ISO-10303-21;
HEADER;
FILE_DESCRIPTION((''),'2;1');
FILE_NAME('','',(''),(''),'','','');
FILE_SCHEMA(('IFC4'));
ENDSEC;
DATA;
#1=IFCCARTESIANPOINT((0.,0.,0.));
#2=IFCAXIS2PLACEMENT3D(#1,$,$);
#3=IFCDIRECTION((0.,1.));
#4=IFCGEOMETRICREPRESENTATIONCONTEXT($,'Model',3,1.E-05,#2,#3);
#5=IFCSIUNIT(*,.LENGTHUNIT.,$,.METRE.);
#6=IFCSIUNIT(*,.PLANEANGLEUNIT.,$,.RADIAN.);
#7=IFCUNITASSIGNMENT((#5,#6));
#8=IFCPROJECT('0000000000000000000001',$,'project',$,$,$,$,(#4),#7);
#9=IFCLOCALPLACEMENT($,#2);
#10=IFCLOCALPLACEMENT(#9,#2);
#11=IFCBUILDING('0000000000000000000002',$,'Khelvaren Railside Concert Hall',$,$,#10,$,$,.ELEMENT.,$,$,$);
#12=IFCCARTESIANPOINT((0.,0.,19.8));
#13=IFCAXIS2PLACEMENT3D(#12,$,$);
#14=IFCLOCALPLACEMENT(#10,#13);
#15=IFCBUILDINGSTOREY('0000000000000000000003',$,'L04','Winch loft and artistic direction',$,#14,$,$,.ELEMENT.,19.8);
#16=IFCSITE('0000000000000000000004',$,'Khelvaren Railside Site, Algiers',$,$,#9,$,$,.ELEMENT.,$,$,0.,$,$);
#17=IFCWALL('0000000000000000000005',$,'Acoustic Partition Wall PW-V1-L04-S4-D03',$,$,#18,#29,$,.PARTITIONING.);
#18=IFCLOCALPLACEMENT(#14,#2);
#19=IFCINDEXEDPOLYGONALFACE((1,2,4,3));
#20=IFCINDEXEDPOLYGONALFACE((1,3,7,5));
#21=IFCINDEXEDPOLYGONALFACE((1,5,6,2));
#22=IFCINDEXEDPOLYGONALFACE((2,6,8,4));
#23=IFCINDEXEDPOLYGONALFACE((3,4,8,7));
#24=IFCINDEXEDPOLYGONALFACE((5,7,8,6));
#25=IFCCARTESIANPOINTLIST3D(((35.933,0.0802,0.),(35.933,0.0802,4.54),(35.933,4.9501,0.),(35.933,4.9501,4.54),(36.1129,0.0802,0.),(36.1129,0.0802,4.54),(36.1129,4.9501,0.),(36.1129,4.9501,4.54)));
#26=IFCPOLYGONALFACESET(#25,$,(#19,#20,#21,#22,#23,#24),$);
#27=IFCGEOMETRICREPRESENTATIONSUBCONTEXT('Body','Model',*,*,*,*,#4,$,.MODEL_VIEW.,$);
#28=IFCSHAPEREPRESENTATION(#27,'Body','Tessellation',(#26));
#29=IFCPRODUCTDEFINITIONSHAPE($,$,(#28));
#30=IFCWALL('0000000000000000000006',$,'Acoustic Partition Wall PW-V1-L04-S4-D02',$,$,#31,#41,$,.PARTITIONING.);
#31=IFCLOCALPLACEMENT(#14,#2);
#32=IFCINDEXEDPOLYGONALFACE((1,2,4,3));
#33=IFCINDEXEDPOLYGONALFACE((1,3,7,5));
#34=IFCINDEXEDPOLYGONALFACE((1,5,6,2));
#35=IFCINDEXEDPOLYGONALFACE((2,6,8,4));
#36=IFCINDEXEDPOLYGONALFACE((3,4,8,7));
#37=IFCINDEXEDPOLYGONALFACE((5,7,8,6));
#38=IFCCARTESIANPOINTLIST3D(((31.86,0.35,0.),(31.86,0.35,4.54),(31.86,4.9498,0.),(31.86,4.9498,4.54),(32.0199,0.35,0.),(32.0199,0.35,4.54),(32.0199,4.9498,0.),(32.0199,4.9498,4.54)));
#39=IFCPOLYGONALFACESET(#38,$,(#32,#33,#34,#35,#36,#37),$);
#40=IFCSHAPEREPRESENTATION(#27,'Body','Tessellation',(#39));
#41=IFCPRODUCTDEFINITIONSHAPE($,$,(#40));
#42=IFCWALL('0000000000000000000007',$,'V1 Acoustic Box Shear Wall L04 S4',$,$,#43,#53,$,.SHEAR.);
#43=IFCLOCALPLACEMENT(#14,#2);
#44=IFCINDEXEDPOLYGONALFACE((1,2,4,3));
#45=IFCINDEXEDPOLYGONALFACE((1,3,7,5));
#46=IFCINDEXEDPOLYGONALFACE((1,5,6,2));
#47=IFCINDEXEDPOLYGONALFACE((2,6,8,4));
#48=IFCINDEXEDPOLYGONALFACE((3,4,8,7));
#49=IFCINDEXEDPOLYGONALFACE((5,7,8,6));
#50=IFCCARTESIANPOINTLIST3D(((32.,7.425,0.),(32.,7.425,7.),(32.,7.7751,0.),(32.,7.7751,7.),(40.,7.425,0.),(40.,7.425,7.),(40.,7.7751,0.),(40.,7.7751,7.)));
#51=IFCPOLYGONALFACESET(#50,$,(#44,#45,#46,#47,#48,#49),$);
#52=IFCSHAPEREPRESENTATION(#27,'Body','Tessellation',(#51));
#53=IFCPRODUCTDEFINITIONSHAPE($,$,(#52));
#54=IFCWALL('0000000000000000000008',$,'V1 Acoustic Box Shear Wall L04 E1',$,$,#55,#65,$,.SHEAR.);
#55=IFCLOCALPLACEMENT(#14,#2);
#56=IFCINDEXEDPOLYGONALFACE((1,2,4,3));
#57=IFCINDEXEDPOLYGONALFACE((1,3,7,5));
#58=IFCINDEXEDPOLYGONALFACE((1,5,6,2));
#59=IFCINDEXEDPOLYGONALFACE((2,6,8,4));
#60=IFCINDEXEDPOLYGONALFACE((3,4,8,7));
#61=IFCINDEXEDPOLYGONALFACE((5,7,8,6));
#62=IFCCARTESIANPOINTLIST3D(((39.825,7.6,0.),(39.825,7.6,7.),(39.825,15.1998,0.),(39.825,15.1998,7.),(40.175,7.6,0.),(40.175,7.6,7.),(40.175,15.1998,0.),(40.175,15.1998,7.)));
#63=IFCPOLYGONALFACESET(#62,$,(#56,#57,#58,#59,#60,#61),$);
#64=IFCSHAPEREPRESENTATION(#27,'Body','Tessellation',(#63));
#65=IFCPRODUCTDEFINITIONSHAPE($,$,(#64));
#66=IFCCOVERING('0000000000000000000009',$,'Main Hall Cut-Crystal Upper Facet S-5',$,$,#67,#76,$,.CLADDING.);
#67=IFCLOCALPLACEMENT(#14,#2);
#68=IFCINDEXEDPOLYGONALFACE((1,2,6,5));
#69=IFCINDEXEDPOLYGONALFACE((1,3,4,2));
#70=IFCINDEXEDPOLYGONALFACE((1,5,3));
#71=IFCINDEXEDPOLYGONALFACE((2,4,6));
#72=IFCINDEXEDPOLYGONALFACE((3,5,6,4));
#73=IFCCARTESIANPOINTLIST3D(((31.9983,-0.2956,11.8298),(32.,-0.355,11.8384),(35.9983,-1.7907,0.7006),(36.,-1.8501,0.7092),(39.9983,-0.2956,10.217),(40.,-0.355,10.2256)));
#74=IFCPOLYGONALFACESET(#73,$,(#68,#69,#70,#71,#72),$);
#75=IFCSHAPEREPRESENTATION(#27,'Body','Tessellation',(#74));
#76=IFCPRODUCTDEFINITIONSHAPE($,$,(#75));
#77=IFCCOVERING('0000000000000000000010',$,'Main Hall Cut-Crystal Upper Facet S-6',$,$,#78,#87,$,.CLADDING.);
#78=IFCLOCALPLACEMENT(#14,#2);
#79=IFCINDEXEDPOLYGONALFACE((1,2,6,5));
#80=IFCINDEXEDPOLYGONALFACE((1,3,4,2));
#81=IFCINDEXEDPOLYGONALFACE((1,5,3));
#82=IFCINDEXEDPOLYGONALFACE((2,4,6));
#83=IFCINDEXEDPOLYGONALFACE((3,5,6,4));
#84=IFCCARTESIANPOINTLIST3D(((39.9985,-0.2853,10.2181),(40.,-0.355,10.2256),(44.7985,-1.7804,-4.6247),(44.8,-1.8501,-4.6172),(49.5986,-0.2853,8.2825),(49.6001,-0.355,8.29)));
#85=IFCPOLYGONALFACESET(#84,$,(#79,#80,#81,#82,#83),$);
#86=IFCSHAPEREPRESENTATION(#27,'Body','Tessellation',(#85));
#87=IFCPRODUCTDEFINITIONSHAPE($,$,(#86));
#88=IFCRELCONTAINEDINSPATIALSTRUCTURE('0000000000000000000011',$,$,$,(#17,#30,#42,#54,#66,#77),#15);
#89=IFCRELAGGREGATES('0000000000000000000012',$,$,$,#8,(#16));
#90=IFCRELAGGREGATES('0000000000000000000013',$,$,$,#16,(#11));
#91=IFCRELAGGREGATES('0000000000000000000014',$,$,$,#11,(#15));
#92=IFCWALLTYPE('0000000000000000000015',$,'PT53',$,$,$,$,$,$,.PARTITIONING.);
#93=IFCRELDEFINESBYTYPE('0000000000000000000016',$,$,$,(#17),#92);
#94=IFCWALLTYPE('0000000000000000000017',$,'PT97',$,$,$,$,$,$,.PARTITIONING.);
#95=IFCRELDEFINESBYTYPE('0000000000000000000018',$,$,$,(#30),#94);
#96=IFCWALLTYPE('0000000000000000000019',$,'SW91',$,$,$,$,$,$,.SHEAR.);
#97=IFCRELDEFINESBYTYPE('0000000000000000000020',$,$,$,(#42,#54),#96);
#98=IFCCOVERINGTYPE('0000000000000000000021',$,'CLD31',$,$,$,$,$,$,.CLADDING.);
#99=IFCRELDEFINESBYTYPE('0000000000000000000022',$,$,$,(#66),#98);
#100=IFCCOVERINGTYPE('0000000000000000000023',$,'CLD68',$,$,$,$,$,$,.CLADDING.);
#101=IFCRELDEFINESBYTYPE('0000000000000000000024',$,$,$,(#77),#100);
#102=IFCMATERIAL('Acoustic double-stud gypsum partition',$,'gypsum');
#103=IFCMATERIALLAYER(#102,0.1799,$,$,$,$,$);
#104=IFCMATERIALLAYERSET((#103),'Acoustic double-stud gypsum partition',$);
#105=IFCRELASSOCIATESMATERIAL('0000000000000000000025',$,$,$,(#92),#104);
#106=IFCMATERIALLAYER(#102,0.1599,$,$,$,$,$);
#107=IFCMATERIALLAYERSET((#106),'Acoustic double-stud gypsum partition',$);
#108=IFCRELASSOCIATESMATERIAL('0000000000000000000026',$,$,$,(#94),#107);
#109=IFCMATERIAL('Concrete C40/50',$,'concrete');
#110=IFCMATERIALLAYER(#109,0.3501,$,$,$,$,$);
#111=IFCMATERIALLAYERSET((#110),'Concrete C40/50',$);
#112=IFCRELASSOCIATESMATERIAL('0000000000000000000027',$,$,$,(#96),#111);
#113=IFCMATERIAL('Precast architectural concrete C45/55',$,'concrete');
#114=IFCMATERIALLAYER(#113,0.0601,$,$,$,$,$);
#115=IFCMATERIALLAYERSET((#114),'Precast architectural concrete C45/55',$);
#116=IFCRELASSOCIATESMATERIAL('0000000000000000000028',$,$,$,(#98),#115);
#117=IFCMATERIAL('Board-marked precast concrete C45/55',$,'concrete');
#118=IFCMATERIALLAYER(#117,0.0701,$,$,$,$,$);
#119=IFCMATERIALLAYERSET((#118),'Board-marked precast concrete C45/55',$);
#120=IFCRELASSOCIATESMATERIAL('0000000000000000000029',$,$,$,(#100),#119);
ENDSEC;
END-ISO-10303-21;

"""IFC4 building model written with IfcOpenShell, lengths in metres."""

from ifc_helpers import new_model, si_unit, direction, frame, frame_2d, origin, place, context, subcontext, project, spatial, polyline, rectangle, outline, extrude, material, layer, layer_set, type_object, element, save


model = new_model("IFC4")

# Units and contexts
model_context = context("Model", 3, precision=1e-05, world=origin(), true_north=direction((0.0, 1.0)))
body_context = subcontext(model_context, "Body", "Model", "MODEL_VIEW")
ifc_project = project(units=[si_unit("LENGTHUNIT", "METRE"), si_unit("PLANEANGLEUNIT", "RADIAN")], contexts=[model_context])

# Site, building, storey
site_placement = place(None, origin())
site = spatial("IfcSite", under=ifc_project, at=site_placement, Name="Khelvaren Railside Site, Algiers", CompositionType="ELEMENT", RefElevation=0.0)
building_placement = place(site_placement, origin())
building = spatial("IfcBuilding", under=site, at=building_placement, Name="Khelvaren Railside Concert Hall", CompositionType="ELEMENT")
storey_placement = place(building_placement, frame((0.0, 0.0, 19.8)))
storey = spatial("IfcBuildingStorey", under=building, at=storey_placement, Name="L04", Description="Winch loft and artistic direction", CompositionType="ELEMENT", Elevation=19.8)

# Shared definitions
ifc_material_1 = material(Name="Concrete C40/50", Category="concrete")

# Shared definitions
ifc_material_2 = material(Name="Acoustic double-stud gypsum partition", Category="gypsum")

# Walls
ifc_layer_1 = layer(ifc_material_2, 0.1799)
ifc_layer_set_1 = layer_set([ifc_layer_1], Name="Acoustic double-stud gypsum partition")
wall_type_1 = type_object("IfcWallType", Name="PT53", PredefinedType="PARTITIONING", material=ifc_layer_set_1)
wall_1_placement = place(storey_placement, frame((36.0229, 0.0801, 0.0), z_axis=(0.0, 0.0, 1.0), x_axis=(0.0, 1.0, 0.0)))
element("IfcWall", 1, at=wall_1_placement, inside=storey, type_object=wall_type_1, Name="Acoustic Partition Wall PW-V1-L04-S4-D03", PredefinedType="PARTITIONING", context=body_context, shape_type="SweptSolid", body=[
    extrude(rectangle(XDim=4.8699, YDim=0.1799, at=frame_2d((2.4351, 0.0))), origin(), (0.0, 0.0, 1.0), 4.54),
])
ifc_layer_2 = layer(ifc_material_2, 0.1599)
ifc_layer_set_2 = layer_set([ifc_layer_2], Name="Acoustic double-stud gypsum partition")
wall_type_2 = type_object("IfcWallType", Name="PT97", PredefinedType="PARTITIONING", material=ifc_layer_set_2)
wall_2_placement = place(storey_placement, frame((31.9399, 0.3501, 0.0), z_axis=(0.0, 0.0, 1.0), x_axis=(0.0, 1.0, 0.0)))
element("IfcWall", 2, at=wall_2_placement, inside=storey, type_object=wall_type_2, Name="Acoustic Partition Wall PW-V1-L04-S4-D02", PredefinedType="PARTITIONING", context=body_context, shape_type="SweptSolid", body=[
    extrude(rectangle(XDim=4.5999, YDim=0.1599, at=frame_2d((2.2998, 0.0))), origin(), (0.0, 0.0, 1.0), 4.54),
])
ifc_layer_3 = layer(ifc_material_1, 0.3501)
ifc_layer_set_3 = layer_set([ifc_layer_3], Name="Concrete C40/50")
wall_type_3 = type_object("IfcWallType", Name="SW91", PredefinedType="SHEAR", material=ifc_layer_set_3)
wall_3_placement = place(storey_placement, frame((32.0, 7.6001, 0.0), z_axis=(0.0, 0.0, 1.0), x_axis=(1.0, 0.0, 0.0)))
element("IfcWall", 3, at=wall_3_placement, inside=storey, type_object=wall_type_3, Name="V1 Acoustic Box Shear Wall L04 S4", PredefinedType="SHEAR", context=body_context, shape_type="SweptSolid", body=[
    extrude(rectangle(XDim=8.0, YDim=0.3501, at=frame_2d((4.0, 0.0))), origin(), (0.0, 0.0, 1.0), 7.0),
])
wall_4_placement = place(storey_placement, frame((40.0, 7.6001, 0.0), z_axis=(0.0, 0.0, 1.0), x_axis=(0.0, 1.0, 0.0)))
element("IfcWall", 4, at=wall_4_placement, inside=storey, type_object=wall_type_3, Name="V1 Acoustic Box Shear Wall L04 E1", PredefinedType="SHEAR", context=body_context, shape_type="SweptSolid", body=[
    extrude(rectangle(XDim=7.5999, YDim=0.3501, at=frame_2d((3.7998, 0.0))), origin(), (0.0, 0.0, 1.0), 7.0),
])

# Coverings
ifc_material_3 = material(Name="Precast architectural concrete C45/55", Category="concrete")
ifc_layer_4 = layer(ifc_material_3, 0.0601)
ifc_layer_set_4 = layer_set([ifc_layer_4], Name="Precast architectural concrete C45/55")
covering_type_1 = type_object("IfcCoveringType", Name="CLD31", PredefinedType="CLADDING", material=ifc_layer_set_4)
covering_1_placement = place(storey_placement, frame((32.0, -0.355, 11.8384), z_axis=(0.028885, -0.98926, 0.143282), x_axis=(0.980278, 0.0, -0.197623)))
element("IfcCovering", 5, at=covering_1_placement, inside=storey, type_object=covering_type_1, Name="Main Hall Cut-Crystal Upper Facet S-5", PredefinedType="CLADDING", context=body_context, shape_type="SweptSolid", body=[
    extrude(outline(polyline([(0.0, 0.0), (8.1609, 0.0), (6.1205, -10.229), (0.0, 0.0)])), origin(), (0.0, 0.0, -1.0), 0.0601),
])
ifc_material_4 = material(Name="Board-marked precast concrete C45/55", Category="concrete")
ifc_layer_5 = layer(ifc_material_4, 0.0701)
ifc_layer_set_5 = layer_set([ifc_layer_5], Name="Board-marked precast concrete C45/55")
covering_type_2 = type_object("IfcCoveringType", Name="CLD68", PredefinedType="CLADDING", material=ifc_layer_set_5)
covering_2_placement = place(storey_placement, frame((40.0, -0.355, 10.2256), z_axis=(0.021595, -0.994013, 0.107111), x_axis=(0.980275, 0.0, -0.19764)))
element("IfcCovering", 6, at=covering_2_placement, inside=storey, type_object=covering_type_2, Name="Main Hall Cut-Crystal Upper Facet S-6", PredefinedType="CLADDING", context=body_context, shape_type="SweptSolid", body=[
    extrude(outline(polyline([(0.0, 0.0), (9.7933, 0.0), (7.6389, -13.6832), (0.0, 0.0)])), origin(), (0.0, 0.0, -1.0), 0.0701),
])

save(model, "model.ifc")
